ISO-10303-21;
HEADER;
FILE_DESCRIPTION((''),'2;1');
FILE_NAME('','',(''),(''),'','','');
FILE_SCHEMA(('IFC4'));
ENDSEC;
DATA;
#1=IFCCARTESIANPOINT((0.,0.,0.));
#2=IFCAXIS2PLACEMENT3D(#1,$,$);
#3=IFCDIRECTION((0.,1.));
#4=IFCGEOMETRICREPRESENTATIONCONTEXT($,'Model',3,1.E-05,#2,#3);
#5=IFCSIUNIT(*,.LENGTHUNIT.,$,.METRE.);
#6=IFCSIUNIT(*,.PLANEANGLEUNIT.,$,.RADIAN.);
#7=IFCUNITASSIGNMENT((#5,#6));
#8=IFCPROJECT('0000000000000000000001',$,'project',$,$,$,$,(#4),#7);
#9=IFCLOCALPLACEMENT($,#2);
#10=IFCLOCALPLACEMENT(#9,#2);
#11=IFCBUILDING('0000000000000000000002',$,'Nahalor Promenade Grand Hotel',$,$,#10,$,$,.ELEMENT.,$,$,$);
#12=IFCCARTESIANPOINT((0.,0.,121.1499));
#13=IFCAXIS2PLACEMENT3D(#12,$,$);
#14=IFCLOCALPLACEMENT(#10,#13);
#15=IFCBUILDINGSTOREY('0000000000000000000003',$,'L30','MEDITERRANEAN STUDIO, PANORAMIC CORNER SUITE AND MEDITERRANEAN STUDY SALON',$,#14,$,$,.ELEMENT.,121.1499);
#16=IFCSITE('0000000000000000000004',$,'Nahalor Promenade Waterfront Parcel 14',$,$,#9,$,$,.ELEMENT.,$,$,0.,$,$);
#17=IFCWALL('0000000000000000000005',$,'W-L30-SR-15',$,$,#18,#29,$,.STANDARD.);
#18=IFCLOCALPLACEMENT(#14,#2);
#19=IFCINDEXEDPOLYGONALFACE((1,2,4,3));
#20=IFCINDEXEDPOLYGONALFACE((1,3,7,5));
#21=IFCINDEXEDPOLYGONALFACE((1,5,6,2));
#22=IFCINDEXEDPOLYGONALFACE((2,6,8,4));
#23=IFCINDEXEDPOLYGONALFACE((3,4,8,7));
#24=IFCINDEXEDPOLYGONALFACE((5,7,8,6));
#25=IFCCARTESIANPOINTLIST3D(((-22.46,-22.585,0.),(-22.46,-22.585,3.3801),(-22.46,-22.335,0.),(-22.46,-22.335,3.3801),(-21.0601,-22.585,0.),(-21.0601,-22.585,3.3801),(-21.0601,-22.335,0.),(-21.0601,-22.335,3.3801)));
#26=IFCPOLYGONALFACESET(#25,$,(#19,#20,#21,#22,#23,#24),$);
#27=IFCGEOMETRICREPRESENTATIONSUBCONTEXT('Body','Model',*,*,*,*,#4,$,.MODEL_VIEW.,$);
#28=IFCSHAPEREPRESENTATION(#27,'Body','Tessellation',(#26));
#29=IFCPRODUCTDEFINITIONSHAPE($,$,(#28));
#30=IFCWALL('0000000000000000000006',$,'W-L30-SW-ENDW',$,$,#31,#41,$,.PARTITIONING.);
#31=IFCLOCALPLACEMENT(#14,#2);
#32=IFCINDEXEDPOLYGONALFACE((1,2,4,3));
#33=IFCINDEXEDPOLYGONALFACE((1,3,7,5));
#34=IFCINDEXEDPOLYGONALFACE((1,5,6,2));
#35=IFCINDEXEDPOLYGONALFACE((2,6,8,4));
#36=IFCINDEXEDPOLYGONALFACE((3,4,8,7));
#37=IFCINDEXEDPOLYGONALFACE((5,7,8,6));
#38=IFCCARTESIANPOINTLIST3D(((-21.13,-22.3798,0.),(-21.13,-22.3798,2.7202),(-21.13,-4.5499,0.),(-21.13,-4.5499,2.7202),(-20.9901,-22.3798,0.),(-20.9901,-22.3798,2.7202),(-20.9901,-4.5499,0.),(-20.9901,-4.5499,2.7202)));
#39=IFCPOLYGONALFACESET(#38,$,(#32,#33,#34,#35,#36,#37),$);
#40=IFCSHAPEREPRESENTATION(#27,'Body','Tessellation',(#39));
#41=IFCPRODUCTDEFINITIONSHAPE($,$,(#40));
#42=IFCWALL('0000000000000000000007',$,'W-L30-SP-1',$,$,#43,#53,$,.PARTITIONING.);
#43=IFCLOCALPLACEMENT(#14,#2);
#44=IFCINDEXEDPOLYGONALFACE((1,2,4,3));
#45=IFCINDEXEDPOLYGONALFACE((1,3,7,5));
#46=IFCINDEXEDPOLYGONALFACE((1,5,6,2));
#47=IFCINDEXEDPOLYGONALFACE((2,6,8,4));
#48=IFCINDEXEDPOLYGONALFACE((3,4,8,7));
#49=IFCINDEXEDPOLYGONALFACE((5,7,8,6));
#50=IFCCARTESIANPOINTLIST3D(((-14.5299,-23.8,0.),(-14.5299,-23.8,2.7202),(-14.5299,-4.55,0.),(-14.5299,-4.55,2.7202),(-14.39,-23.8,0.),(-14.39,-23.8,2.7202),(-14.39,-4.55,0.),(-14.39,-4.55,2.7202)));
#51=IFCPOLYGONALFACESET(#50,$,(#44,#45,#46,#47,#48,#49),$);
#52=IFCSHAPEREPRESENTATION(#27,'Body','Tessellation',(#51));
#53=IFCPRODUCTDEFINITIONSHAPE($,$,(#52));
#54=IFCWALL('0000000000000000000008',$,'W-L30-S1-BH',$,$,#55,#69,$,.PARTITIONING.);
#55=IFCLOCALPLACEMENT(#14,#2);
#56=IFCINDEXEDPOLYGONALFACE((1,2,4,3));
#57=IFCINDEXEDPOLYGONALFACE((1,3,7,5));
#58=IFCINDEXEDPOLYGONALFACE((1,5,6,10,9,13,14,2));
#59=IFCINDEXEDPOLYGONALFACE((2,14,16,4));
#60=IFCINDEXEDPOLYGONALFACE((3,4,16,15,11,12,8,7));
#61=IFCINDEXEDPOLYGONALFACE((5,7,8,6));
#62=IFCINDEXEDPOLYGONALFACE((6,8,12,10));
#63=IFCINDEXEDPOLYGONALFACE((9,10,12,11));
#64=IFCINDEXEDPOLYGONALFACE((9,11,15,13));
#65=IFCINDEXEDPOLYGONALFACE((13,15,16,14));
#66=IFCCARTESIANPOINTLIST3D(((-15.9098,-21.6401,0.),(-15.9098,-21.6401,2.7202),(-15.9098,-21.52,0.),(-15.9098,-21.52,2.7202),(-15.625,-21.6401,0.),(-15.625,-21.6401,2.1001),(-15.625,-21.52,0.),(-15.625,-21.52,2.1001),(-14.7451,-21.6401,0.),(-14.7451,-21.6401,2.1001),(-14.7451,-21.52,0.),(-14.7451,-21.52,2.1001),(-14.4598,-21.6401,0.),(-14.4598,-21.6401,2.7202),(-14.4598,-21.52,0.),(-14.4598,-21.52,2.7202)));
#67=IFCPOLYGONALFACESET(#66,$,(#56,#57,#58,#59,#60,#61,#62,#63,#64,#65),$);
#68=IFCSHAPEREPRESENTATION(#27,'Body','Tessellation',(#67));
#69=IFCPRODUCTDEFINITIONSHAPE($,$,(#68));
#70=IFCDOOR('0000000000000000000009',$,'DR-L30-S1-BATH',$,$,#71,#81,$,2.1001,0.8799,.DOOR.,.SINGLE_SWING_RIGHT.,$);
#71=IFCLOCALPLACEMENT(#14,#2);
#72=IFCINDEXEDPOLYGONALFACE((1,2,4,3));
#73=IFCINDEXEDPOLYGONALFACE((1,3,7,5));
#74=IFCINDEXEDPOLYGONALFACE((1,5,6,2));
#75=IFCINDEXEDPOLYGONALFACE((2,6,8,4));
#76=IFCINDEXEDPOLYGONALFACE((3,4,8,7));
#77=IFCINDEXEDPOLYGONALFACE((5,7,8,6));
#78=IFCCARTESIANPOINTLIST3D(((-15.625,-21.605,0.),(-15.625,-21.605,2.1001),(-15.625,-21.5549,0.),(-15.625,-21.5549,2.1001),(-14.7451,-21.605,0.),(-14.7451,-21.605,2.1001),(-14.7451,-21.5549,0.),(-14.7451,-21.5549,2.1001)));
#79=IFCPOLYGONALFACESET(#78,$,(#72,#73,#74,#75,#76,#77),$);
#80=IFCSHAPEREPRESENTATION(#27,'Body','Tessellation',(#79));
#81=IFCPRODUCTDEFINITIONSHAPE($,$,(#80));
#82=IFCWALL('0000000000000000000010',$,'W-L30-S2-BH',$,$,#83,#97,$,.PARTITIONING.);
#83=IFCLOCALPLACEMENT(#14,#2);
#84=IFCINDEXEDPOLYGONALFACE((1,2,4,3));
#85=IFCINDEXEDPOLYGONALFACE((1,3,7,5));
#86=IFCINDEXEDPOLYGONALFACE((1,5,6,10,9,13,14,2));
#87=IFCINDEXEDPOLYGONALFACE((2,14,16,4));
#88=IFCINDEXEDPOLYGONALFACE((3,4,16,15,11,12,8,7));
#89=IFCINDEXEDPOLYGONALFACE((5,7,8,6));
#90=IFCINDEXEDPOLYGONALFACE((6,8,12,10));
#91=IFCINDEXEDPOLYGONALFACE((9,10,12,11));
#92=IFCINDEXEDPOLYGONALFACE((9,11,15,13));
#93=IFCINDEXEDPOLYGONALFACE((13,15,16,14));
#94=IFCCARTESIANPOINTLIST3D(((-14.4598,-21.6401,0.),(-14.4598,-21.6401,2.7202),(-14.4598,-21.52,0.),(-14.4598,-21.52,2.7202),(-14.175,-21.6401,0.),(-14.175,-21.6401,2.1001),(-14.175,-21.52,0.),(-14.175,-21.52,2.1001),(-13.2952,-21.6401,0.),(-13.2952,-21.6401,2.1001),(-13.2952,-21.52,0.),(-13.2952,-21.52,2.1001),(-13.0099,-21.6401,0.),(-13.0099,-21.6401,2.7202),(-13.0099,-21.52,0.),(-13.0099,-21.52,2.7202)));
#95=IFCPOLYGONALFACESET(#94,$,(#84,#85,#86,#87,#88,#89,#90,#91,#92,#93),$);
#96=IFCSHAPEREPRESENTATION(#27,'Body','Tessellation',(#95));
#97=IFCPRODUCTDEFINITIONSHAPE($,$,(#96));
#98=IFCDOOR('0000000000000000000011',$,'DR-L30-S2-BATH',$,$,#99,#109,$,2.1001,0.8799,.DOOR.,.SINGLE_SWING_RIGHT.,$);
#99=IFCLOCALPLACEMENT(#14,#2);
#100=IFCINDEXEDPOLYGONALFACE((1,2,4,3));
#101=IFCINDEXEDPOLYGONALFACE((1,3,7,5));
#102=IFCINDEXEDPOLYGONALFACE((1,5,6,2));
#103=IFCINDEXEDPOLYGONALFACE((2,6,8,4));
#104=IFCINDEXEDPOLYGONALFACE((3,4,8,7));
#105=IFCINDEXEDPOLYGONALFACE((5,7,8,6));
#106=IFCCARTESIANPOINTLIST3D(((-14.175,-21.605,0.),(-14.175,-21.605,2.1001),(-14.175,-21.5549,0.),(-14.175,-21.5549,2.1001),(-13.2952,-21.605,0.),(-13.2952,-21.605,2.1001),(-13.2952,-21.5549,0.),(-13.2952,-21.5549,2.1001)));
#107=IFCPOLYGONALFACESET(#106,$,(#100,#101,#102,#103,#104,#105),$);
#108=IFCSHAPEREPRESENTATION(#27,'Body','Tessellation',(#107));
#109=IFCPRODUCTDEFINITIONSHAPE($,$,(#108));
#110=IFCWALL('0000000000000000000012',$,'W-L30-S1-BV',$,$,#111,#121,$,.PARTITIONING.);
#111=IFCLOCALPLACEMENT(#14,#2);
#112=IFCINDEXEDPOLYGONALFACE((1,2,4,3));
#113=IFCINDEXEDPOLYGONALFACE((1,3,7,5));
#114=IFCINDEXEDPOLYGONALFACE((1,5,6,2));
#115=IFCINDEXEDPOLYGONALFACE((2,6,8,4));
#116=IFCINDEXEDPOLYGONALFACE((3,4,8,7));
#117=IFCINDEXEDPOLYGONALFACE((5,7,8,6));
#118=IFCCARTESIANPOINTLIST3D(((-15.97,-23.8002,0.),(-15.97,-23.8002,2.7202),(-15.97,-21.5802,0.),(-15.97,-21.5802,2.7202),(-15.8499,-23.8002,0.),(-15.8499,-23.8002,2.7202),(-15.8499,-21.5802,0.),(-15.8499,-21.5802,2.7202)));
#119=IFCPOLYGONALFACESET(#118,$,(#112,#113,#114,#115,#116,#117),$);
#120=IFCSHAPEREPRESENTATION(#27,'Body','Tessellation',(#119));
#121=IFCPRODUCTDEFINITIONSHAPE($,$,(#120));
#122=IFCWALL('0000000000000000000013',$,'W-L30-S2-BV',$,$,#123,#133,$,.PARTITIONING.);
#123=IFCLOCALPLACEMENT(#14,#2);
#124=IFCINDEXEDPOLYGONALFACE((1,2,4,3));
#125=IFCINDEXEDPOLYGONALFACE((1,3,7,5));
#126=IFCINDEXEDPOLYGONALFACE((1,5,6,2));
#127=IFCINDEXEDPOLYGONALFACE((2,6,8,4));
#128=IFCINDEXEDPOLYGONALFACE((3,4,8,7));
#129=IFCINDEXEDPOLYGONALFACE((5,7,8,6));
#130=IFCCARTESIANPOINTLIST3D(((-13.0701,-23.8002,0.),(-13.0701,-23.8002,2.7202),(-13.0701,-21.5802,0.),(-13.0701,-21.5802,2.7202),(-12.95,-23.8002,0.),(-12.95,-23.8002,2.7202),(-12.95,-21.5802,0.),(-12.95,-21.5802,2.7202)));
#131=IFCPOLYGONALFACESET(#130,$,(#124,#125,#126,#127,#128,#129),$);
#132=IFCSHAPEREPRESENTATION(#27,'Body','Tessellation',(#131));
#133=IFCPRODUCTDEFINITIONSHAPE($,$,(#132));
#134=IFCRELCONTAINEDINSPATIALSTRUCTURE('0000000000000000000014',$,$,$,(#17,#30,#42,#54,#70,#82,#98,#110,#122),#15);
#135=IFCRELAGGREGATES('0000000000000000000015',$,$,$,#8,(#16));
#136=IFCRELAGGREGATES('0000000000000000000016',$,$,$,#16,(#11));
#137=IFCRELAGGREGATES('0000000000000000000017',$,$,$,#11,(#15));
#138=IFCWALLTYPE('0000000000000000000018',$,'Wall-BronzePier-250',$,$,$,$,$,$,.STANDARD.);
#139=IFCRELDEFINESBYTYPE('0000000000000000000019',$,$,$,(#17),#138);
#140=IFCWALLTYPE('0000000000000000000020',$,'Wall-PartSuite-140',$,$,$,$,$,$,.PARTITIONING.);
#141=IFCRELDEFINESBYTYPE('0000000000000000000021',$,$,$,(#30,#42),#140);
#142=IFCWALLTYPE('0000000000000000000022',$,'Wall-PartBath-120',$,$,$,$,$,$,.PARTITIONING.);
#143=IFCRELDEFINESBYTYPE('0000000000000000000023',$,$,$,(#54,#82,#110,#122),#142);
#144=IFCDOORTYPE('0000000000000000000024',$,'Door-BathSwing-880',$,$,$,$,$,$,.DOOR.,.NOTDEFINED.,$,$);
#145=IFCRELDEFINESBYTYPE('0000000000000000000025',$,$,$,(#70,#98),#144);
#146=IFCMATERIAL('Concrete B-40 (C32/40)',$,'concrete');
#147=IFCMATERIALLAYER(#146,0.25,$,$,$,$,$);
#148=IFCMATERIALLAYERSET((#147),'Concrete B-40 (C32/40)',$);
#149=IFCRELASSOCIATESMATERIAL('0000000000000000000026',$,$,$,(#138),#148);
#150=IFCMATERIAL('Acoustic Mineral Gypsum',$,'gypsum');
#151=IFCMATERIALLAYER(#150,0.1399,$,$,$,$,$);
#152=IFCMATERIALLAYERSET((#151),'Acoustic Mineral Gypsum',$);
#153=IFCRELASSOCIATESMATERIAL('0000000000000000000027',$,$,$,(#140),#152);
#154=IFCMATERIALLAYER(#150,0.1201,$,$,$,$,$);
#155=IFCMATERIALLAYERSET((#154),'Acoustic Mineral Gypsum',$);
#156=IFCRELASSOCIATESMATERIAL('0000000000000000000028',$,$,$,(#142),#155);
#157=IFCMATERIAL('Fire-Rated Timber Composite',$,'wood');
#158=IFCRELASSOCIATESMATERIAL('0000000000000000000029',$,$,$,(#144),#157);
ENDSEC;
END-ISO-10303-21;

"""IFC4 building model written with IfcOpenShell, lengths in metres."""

from ifc_helpers import new_model, si_unit, direction, frame, frame_2d, origin, place, context, subcontext, project, spatial, rectangle, extrude, source, transform, mapped, material, layer, layer_set, type_object, element, fill, save


model = new_model("IFC4")

# Units and contexts
model_context = context("Model", 3, precision=1e-05, world=origin(), true_north=direction((0.0, 1.0)))
body_context = subcontext(model_context, "Body", "Model", "MODEL_VIEW")
ifc_project = project(units=[si_unit("LENGTHUNIT", "METRE"), si_unit("PLANEANGLEUNIT", "RADIAN")], contexts=[model_context])

# Site, building, storey
site_placement = place(None, origin())
site = spatial("IfcSite", under=ifc_project, at=site_placement, Name="Nahalor Promenade Waterfront Parcel 14", CompositionType="ELEMENT", RefElevation=0.0)
building_placement = place(site_placement, origin())
building = spatial("IfcBuilding", under=site, at=building_placement, Name="Nahalor Promenade Grand Hotel", CompositionType="ELEMENT")
storey_placement = place(building_placement, frame((0.0, 0.0, 121.1499)))
storey = spatial("IfcBuildingStorey", under=building, at=storey_placement, Name="L30", Description="MEDITERRANEAN STUDIO, PANORAMIC CORNER SUITE AND MEDITERRANEAN STUDY SALON", CompositionType="ELEMENT", Elevation=121.1499)

# Walls
ifc_material_1 = material(Name="Concrete B-40 (C32/40)", Category="concrete")
ifc_layer_1 = layer(ifc_material_1, 0.25)
ifc_layer_set_1 = layer_set([ifc_layer_1], Name="Concrete B-40 (C32/40)")
wall_type_1 = type_object("IfcWallType", Name="Wall-BronzePier-250", PredefinedType="STANDARD", material=ifc_layer_set_1)
shared_shape_1 = source(origin(), body_context, "Body", "SweptSolid", [
    extrude(rectangle(XDim=1.3999, YDim=0.25, at=frame_2d((0.7, 0.0))), origin(), (0.0, 0.0, 1.0), 3.3801),
])
for number, where, z_axis, x_axis, name in (
    (1, (-22.46, -22.46, 0.0), (0.0, 0.0, 1.0), (1.0, 0.0, 0.0), "W-L30-SR-15"),
):
    element("IfcWall", number, at=place(storey_placement, frame(where, z_axis=z_axis, x_axis=x_axis)), inside=storey, type_object=wall_type_1, Name=name, PredefinedType="STANDARD", context=body_context, shape_type="MappedRepresentation", body=[
        mapped(shared_shape_1, transform((0.0, 0.0, 0.0), scale=1.0)),
    ])
ifc_material_2 = material(Name="Acoustic Mineral Gypsum", Category="gypsum")
ifc_layer_2 = layer(ifc_material_2, 0.1399)
ifc_layer_set_2 = layer_set([ifc_layer_2], Name="Acoustic Mineral Gypsum")
wall_type_2 = type_object("IfcWallType", Name="Wall-PartSuite-140", PredefinedType="PARTITIONING", material=ifc_layer_set_2)
shared_shape_2 = source(origin(), body_context, "Body", "SweptSolid", [
    extrude(rectangle(XDim=17.8298, YDim=0.1399, at=frame_2d((8.915, 0.0))), origin(), (0.0, 0.0, 1.0), 2.7202),
])
wall_1_placement = place(storey_placement, frame((-21.0601, -22.3799, 0.0), z_axis=(0.0, 0.0, 1.0), x_axis=(0.0, 1.0, 0.0)))
element("IfcWall", 2, at=wall_1_placement, inside=storey, type_object=wall_type_2, Name="W-L30-SW-ENDW", PredefinedType="PARTITIONING", context=body_context, shape_type="MappedRepresentation", body=[
    mapped(shared_shape_2, transform((0.0, 0.0, 0.0), scale=1.0)),
])
shared_shape_3 = source(origin(), body_context, "Body", "SweptSolid", [
    extrude(rectangle(XDim=19.25, YDim=0.1399, at=frame_2d((9.625, 0.0))), origin(), (0.0, 0.0, 1.0), 2.7202),
])
wall_2_placement = place(storey_placement, frame((-14.46, -23.8, 0.0), z_axis=(0.0, 0.0, 1.0), x_axis=(0.0, 1.0, 0.0)))
element("IfcWall", 3, at=wall_2_placement, inside=storey, type_object=wall_type_2, Name="W-L30-SP-1", PredefinedType="PARTITIONING", context=body_context, shape_type="MappedRepresentation", body=[
    mapped(shared_shape_3, transform((0.0, 0.0, 0.0), scale=1.0)),
])

# Walls, openings, doors
ifc_layer_3 = layer(ifc_material_2, 0.1201)
ifc_layer_set_3 = layer_set([ifc_layer_3], Name="Acoustic Mineral Gypsum")
wall_type_3 = type_object("IfcWallType", Name="Wall-PartBath-120", PredefinedType="PARTITIONING", material=ifc_layer_set_3)
shared_shape_4 = source(origin(), body_context, "Body", "SweptSolid", [
    extrude(rectangle(XDim=1.45, YDim=0.1201, at=frame_2d((0.7251, 0.0))), origin(), (0.0, 0.0, 1.0), 2.7202),
])
wall_3_placement = place(storey_placement, frame((-15.9099, -21.5801, 0.0), z_axis=(0.0, 0.0, 1.0), x_axis=(1.0, 0.0, 0.0)))
wall_3 = element("IfcWall", 4, at=wall_3_placement, inside=storey, type_object=wall_type_3, Name="W-L30-S1-BH", PredefinedType="PARTITIONING", context=body_context, shape_type="MappedRepresentation", body=[
    mapped(shared_shape_4, transform((0.0, 0.0, 0.0), scale=1.0)),
])
opening_1_placement = place(wall_3_placement, frame((0.2849, 0.0, 0.0)))
opening_1 = element("IfcOpeningElement", 5, at=opening_1_placement, cuts=wall_3, PredefinedType="OPENING", context=body_context, shape_type="SweptSolid", body=[
    extrude(rectangle(XDim=0.8799, YDim=2.1001, at=frame_2d((0.4399, 1.05))), frame((0.0, 0.0701, 0.0), z_axis=(0.0, -1.0, 0.0), x_axis=(1.0, 0.0, 0.0)), (0.0, 0.0, 1.0), 0.1401),
])
ifc_material_3 = material(Name="Fire-Rated Timber Composite", Category="wood")
door_type = type_object("IfcDoorType", Name="Door-BathSwing-880", OperationType="NOTDEFINED", PredefinedType="DOOR", material=ifc_material_3)
shared_shape_5 = source(origin(), body_context, "Body", "SweptSolid", [
    extrude(rectangle(XDim=0.8799, YDim=2.1001, at=frame_2d((0.4399, 1.05))), frame((0.0, 0.0249, 0.0), z_axis=(0.0, -1.0, 0.0), x_axis=(1.0, 0.0, 0.0)), (0.0, 0.0, 1.0), 0.05),
])
door_1_placement = place(opening_1_placement, frame((0.8799, 0.0, 0.0), z_axis=(0.0, 0.0, 1.0), x_axis=(-1.0, 0.0, 0.0)))
door_1 = element("IfcDoor", 6, at=door_1_placement, inside=storey, type_object=door_type, Name="DR-L30-S1-BATH", OperationType="SINGLE_SWING_RIGHT", OverallHeight=2.1001, OverallWidth=0.8799, PredefinedType="DOOR", context=body_context, shape_type="MappedRepresentation", body=[
    mapped(shared_shape_5, transform((0.0, 0.0, 0.0), scale=1.0)),
])
fill(opening_1, door_1)
wall_4_placement = place(storey_placement, frame((-14.46, -21.5801, 0.0), z_axis=(0.0, 0.0, 1.0), x_axis=(1.0, 0.0, 0.0)))
wall_4 = element("IfcWall", 7, at=wall_4_placement, inside=storey, type_object=wall_type_3, Name="W-L30-S2-BH", PredefinedType="PARTITIONING", context=body_context, shape_type="MappedRepresentation", body=[
    mapped(shared_shape_4, transform((0.0, 0.0, 0.0), scale=1.0)),
])
opening_2_placement = place(wall_4_placement, frame((0.2849, 0.0, 0.0)))
opening_2 = element("IfcOpeningElement", 8, at=opening_2_placement, cuts=wall_4, PredefinedType="OPENING", context=body_context, shape_type="SweptSolid", body=[
    extrude(rectangle(XDim=0.8799, YDim=2.1001, at=frame_2d((0.4399, 1.05))), frame((0.0, 0.0701, 0.0), z_axis=(0.0, -1.0, 0.0), x_axis=(1.0, 0.0, 0.0)), (0.0, 0.0, 1.0), 0.1401),
])
door_2_placement = place(opening_2_placement, frame((0.8799, 0.0, 0.0), z_axis=(0.0, 0.0, 1.0), x_axis=(-1.0, 0.0, 0.0)))
door_2 = element("IfcDoor", 9, at=door_2_placement, inside=storey, type_object=door_type, Name="DR-L30-S2-BATH", OperationType="SINGLE_SWING_RIGHT", OverallHeight=2.1001, OverallWidth=0.8799, PredefinedType="DOOR", context=body_context, shape_type="MappedRepresentation", body=[
    mapped(shared_shape_5, transform((0.0, 0.0, 0.0), scale=1.0)),
])
fill(opening_2, door_2)

# Walls
shared_shape_6 = source(origin(), body_context, "Body", "SweptSolid", [
    extrude(rectangle(XDim=2.22, YDim=0.1201, at=frame_2d((1.1099, 0.0))), origin(), (0.0, 0.0, 1.0), 2.7202),
])
for number, where, z_axis, x_axis, name in (
    (10, (-15.9099, -23.8, 0.0), (0.0, 0.0, 1.0), (0.0, 1.0, 0.0), "W-L30-S1-BV"),
    (11, (-13.01, -23.8, 0.0), (0.0, 0.0, 1.0), (0.0, 1.0, 0.0), "W-L30-S2-BV"),
):
    element("IfcWall", number, at=place(storey_placement, frame(where, z_axis=z_axis, x_axis=x_axis)), inside=storey, type_object=wall_type_3, Name=name, PredefinedType="PARTITIONING", context=body_context, shape_type="MappedRepresentation", body=[
        mapped(shared_shape_6, transform((0.0, 0.0, 0.0), scale=1.0)),
    ])

save(model, "model.ifc")
